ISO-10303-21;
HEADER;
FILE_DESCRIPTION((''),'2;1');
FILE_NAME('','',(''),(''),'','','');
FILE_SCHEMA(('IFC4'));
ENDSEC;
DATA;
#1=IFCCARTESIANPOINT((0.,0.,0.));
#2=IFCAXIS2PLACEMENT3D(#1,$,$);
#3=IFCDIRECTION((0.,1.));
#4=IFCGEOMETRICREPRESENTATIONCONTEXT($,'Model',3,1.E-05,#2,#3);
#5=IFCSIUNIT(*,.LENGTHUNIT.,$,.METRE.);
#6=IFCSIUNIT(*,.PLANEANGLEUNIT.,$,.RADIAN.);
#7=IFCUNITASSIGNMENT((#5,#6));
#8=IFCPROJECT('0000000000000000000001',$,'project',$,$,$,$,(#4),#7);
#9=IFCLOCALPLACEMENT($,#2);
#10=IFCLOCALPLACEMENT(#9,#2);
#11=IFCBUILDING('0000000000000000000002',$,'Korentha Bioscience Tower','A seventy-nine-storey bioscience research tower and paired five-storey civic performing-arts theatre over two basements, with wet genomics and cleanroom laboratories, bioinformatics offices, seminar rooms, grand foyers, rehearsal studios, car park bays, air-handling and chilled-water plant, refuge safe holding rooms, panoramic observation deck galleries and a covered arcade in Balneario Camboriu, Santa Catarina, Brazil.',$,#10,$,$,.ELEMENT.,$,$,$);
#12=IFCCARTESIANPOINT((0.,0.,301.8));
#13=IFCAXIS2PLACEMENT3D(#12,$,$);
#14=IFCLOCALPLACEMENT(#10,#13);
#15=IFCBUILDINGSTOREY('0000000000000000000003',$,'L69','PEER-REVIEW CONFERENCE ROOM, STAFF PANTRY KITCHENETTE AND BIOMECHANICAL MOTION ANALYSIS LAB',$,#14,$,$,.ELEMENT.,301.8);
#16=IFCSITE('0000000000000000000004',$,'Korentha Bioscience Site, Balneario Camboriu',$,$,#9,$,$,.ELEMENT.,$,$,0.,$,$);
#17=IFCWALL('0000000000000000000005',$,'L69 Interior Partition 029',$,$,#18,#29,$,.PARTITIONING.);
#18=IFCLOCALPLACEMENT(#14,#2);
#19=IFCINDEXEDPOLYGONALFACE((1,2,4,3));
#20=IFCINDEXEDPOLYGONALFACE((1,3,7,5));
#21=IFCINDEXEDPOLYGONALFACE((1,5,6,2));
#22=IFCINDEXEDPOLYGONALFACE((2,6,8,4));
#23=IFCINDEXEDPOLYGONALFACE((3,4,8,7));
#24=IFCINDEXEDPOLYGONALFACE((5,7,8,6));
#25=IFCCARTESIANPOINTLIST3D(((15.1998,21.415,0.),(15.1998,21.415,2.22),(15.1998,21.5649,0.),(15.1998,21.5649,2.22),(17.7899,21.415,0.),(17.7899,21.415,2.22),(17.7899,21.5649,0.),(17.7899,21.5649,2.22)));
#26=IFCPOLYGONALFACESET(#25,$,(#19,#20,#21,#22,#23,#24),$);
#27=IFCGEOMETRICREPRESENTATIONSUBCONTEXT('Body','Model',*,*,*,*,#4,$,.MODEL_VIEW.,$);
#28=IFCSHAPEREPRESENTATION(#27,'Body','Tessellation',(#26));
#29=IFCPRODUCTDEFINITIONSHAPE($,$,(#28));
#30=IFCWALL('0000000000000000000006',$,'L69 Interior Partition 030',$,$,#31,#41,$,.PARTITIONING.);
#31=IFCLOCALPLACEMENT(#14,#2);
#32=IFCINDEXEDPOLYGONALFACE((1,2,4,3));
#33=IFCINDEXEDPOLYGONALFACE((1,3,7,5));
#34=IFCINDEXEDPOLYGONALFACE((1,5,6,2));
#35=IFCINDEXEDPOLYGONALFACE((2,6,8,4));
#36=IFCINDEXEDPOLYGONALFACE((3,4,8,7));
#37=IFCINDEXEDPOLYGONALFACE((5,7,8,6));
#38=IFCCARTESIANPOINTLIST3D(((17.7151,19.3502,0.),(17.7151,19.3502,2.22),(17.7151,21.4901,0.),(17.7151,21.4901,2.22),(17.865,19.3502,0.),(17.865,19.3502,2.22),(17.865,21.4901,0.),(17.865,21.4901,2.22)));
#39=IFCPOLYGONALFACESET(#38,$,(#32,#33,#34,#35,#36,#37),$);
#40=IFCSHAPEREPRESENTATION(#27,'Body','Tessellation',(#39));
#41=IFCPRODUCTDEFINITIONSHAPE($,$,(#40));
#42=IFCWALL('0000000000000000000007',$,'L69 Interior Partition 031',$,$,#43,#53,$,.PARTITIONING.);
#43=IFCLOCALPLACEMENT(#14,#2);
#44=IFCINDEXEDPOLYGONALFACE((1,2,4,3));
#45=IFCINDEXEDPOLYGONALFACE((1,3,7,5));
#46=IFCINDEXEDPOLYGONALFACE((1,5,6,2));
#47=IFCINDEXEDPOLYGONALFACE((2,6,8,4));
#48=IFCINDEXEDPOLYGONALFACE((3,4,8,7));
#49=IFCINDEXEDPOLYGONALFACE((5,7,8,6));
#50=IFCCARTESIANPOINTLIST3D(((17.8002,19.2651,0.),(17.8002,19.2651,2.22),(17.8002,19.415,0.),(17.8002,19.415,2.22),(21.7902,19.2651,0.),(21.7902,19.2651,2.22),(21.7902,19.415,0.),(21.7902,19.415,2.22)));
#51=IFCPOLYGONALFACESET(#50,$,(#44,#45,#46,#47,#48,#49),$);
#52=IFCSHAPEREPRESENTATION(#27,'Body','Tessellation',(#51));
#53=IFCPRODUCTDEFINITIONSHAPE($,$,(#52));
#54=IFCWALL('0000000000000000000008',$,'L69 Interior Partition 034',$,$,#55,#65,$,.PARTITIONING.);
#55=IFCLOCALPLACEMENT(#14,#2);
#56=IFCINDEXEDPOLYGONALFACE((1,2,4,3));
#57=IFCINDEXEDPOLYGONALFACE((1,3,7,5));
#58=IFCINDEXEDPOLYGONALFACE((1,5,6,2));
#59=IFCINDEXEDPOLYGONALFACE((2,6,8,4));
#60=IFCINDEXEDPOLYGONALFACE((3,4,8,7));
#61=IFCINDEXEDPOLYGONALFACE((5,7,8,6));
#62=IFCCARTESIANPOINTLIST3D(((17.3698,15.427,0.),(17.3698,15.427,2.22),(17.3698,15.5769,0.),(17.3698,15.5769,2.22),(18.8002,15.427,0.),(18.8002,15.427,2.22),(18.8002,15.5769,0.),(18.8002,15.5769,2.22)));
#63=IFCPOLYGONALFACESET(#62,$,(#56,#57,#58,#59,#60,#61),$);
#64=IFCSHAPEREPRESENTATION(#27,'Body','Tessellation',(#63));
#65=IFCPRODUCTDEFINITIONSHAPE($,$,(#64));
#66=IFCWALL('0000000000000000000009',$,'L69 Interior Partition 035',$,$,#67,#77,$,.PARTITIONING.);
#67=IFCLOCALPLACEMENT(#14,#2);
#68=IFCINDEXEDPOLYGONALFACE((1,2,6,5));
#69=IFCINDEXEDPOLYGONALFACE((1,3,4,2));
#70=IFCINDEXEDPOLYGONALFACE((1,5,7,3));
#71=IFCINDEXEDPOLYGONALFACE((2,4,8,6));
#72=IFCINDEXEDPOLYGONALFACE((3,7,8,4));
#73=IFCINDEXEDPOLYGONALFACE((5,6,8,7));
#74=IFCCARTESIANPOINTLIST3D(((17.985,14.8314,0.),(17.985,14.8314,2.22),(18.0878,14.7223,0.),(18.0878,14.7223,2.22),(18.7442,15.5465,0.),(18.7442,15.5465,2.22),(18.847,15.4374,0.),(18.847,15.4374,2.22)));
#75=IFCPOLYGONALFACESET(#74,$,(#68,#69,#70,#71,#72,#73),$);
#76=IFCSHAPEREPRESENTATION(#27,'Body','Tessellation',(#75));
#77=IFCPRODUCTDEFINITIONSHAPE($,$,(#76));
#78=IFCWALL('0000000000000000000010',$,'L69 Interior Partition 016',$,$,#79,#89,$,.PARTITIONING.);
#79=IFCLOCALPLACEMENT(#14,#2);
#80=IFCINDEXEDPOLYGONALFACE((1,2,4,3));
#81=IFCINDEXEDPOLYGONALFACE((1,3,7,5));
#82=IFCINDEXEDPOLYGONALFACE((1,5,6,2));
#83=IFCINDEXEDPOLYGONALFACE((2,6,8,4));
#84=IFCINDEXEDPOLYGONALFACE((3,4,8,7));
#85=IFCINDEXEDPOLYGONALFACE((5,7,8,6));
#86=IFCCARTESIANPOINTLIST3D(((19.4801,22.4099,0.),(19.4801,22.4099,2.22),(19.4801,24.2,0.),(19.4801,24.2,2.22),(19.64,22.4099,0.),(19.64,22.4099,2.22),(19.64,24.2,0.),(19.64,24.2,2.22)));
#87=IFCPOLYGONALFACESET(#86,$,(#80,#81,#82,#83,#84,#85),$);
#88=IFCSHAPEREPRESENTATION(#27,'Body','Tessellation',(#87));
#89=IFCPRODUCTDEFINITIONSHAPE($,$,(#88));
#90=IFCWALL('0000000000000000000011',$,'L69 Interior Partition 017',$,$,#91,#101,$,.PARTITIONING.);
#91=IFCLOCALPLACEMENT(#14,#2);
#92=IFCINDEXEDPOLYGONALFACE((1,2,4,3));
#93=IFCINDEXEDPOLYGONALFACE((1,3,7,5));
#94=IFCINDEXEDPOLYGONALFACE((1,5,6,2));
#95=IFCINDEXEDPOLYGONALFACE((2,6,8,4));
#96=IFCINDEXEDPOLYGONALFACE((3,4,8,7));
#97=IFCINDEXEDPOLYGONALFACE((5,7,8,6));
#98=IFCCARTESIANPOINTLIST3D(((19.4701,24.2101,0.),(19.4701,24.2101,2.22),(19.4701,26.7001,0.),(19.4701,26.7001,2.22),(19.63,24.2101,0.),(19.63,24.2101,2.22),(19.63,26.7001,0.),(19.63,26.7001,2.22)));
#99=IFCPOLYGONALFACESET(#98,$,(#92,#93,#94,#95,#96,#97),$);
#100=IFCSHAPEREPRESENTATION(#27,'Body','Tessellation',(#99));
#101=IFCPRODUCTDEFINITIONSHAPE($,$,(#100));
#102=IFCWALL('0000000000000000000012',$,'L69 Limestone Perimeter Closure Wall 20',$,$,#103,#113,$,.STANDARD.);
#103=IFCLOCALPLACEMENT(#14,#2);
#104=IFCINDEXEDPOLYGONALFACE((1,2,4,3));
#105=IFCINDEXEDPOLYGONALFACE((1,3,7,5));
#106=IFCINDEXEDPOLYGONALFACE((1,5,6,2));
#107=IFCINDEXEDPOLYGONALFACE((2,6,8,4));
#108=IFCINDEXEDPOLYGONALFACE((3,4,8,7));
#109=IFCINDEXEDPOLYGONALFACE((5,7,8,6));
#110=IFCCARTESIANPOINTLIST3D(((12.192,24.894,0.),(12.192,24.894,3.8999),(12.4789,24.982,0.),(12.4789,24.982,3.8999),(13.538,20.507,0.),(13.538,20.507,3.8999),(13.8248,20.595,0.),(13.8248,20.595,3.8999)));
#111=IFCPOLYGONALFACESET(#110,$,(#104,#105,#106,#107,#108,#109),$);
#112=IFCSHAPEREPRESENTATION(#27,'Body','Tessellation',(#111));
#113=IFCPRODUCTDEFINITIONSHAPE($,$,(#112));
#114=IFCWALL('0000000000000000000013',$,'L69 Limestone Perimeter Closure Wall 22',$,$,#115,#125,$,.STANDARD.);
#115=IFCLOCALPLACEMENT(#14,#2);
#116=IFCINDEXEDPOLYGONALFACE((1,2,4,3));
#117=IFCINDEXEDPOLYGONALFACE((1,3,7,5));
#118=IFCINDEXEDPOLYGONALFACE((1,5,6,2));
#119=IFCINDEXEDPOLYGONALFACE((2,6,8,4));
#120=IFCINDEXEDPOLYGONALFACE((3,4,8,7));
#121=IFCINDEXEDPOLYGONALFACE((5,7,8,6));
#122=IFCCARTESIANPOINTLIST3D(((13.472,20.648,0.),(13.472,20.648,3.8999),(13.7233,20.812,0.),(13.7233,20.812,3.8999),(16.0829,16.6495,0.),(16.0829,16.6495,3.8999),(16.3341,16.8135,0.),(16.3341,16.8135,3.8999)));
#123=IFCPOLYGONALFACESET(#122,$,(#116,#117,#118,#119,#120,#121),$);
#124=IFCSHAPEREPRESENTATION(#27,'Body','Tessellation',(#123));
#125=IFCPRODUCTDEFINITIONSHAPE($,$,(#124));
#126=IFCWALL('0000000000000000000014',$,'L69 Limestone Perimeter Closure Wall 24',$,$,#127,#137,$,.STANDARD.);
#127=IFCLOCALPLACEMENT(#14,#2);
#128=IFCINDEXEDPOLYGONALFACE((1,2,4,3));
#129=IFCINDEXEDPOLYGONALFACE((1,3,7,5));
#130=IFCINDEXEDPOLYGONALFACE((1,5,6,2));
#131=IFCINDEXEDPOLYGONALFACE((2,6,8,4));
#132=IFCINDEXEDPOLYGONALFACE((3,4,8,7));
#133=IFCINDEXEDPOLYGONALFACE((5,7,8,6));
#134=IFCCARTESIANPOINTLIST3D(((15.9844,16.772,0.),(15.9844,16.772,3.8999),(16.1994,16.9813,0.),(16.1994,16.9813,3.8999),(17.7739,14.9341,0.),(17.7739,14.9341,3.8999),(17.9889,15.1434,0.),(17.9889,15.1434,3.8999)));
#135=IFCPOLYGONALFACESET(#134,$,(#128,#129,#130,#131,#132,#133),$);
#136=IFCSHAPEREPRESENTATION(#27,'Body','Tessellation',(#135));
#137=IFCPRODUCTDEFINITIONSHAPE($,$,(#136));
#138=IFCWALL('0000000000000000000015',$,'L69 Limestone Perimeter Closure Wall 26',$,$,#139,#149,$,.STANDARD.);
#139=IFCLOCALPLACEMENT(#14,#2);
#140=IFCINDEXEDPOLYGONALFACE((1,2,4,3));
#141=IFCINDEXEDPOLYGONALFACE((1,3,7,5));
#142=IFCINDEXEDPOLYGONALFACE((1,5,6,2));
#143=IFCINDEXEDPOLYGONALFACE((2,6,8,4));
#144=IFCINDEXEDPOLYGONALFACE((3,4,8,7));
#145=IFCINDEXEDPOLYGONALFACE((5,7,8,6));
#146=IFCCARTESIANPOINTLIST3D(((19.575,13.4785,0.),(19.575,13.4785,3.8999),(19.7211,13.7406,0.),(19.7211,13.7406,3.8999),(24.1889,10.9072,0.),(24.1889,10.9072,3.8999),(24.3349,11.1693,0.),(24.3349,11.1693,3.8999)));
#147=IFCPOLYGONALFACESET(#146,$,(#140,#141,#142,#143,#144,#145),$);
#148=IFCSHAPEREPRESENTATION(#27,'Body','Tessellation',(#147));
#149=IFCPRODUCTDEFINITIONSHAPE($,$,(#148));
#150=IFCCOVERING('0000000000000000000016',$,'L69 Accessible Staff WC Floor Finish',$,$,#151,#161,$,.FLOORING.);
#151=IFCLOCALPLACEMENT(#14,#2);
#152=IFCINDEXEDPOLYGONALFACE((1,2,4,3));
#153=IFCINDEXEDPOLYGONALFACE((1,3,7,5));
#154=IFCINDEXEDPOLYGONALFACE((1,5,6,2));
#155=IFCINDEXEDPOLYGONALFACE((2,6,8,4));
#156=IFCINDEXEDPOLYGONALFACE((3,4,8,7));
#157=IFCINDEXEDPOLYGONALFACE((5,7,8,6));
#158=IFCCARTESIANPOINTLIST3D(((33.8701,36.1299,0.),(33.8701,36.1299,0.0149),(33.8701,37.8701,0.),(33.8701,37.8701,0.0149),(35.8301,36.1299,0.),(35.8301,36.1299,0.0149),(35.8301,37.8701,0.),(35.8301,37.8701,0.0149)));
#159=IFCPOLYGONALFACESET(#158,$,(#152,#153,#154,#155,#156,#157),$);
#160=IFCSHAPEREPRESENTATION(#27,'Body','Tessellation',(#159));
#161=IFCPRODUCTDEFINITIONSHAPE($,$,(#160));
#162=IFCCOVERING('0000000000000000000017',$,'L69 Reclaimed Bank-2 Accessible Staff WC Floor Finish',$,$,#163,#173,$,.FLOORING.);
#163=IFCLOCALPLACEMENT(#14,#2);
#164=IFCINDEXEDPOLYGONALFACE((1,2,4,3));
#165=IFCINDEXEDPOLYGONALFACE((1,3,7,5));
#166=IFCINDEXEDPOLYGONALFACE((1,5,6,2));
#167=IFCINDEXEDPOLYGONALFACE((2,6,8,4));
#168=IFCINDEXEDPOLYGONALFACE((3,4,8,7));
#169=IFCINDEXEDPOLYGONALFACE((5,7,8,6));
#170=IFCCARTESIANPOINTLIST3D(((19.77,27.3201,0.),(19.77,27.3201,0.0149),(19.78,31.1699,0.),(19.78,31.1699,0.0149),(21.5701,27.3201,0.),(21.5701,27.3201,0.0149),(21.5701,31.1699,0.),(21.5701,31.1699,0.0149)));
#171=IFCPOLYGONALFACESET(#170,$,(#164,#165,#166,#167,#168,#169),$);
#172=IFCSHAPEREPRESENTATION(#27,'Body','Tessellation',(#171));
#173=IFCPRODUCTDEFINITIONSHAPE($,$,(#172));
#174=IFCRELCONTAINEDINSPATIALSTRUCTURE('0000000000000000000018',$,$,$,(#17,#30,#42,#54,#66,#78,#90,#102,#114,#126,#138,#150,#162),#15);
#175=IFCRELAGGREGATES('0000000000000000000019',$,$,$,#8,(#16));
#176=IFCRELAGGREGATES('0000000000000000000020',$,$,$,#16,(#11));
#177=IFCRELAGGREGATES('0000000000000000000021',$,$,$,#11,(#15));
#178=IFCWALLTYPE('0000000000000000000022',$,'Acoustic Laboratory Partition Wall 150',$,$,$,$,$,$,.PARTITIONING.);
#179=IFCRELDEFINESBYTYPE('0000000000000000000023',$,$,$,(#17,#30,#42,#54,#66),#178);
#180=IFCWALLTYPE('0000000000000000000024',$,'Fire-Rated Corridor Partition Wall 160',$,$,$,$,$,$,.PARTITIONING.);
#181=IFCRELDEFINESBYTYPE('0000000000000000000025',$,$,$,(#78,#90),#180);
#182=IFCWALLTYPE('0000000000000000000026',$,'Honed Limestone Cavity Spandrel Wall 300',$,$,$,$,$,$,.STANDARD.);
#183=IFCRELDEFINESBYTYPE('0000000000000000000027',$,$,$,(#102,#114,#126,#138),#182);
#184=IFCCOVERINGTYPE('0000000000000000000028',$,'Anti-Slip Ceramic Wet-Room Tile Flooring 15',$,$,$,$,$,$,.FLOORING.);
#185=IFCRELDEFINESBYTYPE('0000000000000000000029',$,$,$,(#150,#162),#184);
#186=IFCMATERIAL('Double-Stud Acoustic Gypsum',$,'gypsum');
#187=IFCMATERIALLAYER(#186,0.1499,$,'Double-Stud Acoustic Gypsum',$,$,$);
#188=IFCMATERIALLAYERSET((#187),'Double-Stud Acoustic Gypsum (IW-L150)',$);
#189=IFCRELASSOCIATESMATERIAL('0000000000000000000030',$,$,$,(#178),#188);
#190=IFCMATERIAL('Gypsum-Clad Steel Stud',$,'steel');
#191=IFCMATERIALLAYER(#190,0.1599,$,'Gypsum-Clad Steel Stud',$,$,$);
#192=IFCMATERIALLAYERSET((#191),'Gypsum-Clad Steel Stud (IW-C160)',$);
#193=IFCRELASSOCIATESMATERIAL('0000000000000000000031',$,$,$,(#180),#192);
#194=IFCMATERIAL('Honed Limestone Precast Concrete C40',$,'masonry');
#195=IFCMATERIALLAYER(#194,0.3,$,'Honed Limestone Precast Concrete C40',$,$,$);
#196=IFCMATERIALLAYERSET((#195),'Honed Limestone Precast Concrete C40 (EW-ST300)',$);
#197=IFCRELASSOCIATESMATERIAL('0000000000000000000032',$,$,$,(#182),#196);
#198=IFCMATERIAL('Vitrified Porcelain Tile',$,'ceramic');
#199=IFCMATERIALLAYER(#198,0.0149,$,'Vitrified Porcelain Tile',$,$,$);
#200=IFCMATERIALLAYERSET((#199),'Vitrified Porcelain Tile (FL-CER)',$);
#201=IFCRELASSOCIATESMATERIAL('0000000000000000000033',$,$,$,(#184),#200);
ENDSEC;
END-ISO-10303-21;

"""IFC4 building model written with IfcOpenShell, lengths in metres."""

from ifc_helpers import new_model, si_unit, direction, frame, frame_2d, origin, place, context, subcontext, project, spatial, polyline, rectangle, outline, extrude, material, layer, layer_set, type_object, element, save


model = new_model("IFC4")

# Units and contexts
model_context = context("Model", 3, precision=1e-05, world=origin(), true_north=direction((0.0, 1.0)))
body_context = subcontext(model_context, "Body", "Model", "MODEL_VIEW")
ifc_project = project(units=[si_unit("LENGTHUNIT", "METRE"), si_unit("PLANEANGLEUNIT", "RADIAN")], contexts=[model_context])

# Site, building, storey
site_placement = place(None, origin())
site = spatial("IfcSite", under=ifc_project, at=site_placement, Name="Korentha Bioscience Site, Balneario Camboriu", CompositionType="ELEMENT", RefElevation=0.0)
building_placement = place(site_placement, origin())
building = spatial("IfcBuilding", under=site, at=building_placement, Name="Korentha Bioscience Tower", Description="A seventy-nine-storey bioscience research tower and paired five-storey civic performing-arts theatre over two basements, with wet genomics and cleanroom laboratories, bioinformatics offices, seminar rooms, grand foyers, rehearsal studios, car park bays, air-handling and chilled-water plant, refuge safe holding rooms, panoramic observation deck galleries and a covered arcade in Balneario Camboriu, Santa Catarina, Brazil.", CompositionType="ELEMENT")
storey_placement = place(building_placement, frame((0.0, 0.0, 301.8)))
storey = spatial("IfcBuildingStorey", under=building, at=storey_placement, Name="L69", Description="PEER-REVIEW CONFERENCE ROOM, STAFF PANTRY KITCHENETTE AND BIOMECHANICAL MOTION ANALYSIS LAB", CompositionType="ELEMENT", Elevation=301.8)

# Walls
ifc_material_1 = material(Name="Double-Stud Acoustic Gypsum", Category="gypsum")
ifc_layer_1 = layer(ifc_material_1, 0.1499, Name="Double-Stud Acoustic Gypsum")
ifc_layer_set_1 = layer_set([ifc_layer_1], Name="Double-Stud Acoustic Gypsum (IW-L150)")
wall_type_1 = type_object("IfcWallType", Name="Acoustic Laboratory Partition Wall 150", PredefinedType="PARTITIONING", material=ifc_layer_set_1)
wall_1_placement = place(storey_placement, frame((15.2, 21.49, 0.0), z_axis=(0.0, 0.0, 1.0), x_axis=(1.0, 0.0, 0.0)))
element("IfcWall", 1, at=wall_1_placement, inside=storey, type_object=wall_type_1, Name="L69 Interior Partition 029", PredefinedType="PARTITIONING", context=body_context, shape_type="SweptSolid", body=[
    extrude(rectangle(XDim=2.5901, YDim=0.1499, at=frame_2d((1.2949, 0.0))), origin(), (0.0, 0.0, 1.0), 2.22),
])
wall_2_placement = place(storey_placement, frame((17.79, 21.49, 0.0), z_axis=(0.0, 0.0, 1.0), x_axis=(0.0, -1.0, 0.0)))
element("IfcWall", 2, at=wall_2_placement, inside=storey, type_object=wall_type_1, Name="L69 Interior Partition 030", PredefinedType="PARTITIONING", context=body_context, shape_type="SweptSolid", body=[
    extrude(rectangle(XDim=2.1399, YDim=0.1499, at=frame_2d((1.0698, 0.0))), origin(), (0.0, 0.0, 1.0), 2.22),
])
wall_3_placement = place(storey_placement, frame((17.8, 19.3401, 0.0), z_axis=(0.0, 0.0, 1.0), x_axis=(1.0, 0.0, 0.0)))
element("IfcWall", 3, at=wall_3_placement, inside=storey, type_object=wall_type_1, Name="L69 Interior Partition 031", PredefinedType="PARTITIONING", context=body_context, shape_type="SweptSolid", body=[
    extrude(rectangle(XDim=3.99, YDim=0.1499, at=frame_2d((1.9951, 0.0))), origin(), (0.0, 0.0, 1.0), 2.22),
])
wall_4_placement = place(storey_placement, frame((18.8003, 15.502, 0.0), z_axis=(0.0, 0.0, 1.0), x_axis=(-1.0, 0.0, 0.0)))
element("IfcWall", 4, at=wall_4_placement, inside=storey, type_object=wall_type_1, Name="L69 Interior Partition 034", PredefinedType="PARTITIONING", context=body_context, shape_type="SweptSolid", body=[
    extrude(rectangle(XDim=1.4304, YDim=0.1499, at=frame_2d((0.7153, 0.0))), origin(), (0.0, 0.0, 1.0), 2.22),
])
wall_5_placement = place(storey_placement, frame((18.0364, 14.7769, 0.0), z_axis=(0.0, 0.0, 1.0), x_axis=(0.727973, 0.685606, 0.0)))
element("IfcWall", 5, at=wall_5_placement, inside=storey, type_object=wall_type_1, Name="L69 Interior Partition 035", PredefinedType="PARTITIONING", context=body_context, shape_type="SweptSolid", body=[
    extrude(rectangle(XDim=1.043, YDim=0.1499, at=frame_2d((0.5215, 0.0))), origin(), (0.0, 0.0, 1.0), 2.22),
])
ifc_material_2 = material(Name="Gypsum-Clad Steel Stud", Category="steel")
ifc_layer_2 = layer(ifc_material_2, 0.1599, Name="Gypsum-Clad Steel Stud")
ifc_layer_set_2 = layer_set([ifc_layer_2], Name="Gypsum-Clad Steel Stud (IW-C160)")
wall_type_2 = type_object("IfcWallType", Name="Fire-Rated Corridor Partition Wall 160", PredefinedType="PARTITIONING", material=ifc_layer_set_2)
wall_6_placement = place(storey_placement, frame((19.5601, 22.4099, 0.0), z_axis=(0.0, 0.0, 1.0), x_axis=(0.0, 1.0, 0.0)))
element("IfcWall", 6, at=wall_6_placement, inside=storey, type_object=wall_type_2, Name="L69 Interior Partition 016", PredefinedType="PARTITIONING", context=body_context, shape_type="SweptSolid", body=[
    extrude(rectangle(XDim=1.79, YDim=0.1599, at=frame_2d((0.895, 0.0))), origin(), (0.0, 0.0, 1.0), 2.22),
])
wall_7_placement = place(storey_placement, frame((19.55, 24.21, 0.0), z_axis=(0.0, 0.0, 1.0), x_axis=(0.0, 1.0, 0.0)))
element("IfcWall", 7, at=wall_7_placement, inside=storey, type_object=wall_type_2, Name="L69 Interior Partition 017", PredefinedType="PARTITIONING", context=body_context, shape_type="SweptSolid", body=[
    extrude(rectangle(XDim=2.49, YDim=0.1599, at=frame_2d((1.2451, 0.0))), origin(), (0.0, 0.0, 1.0), 2.22),
])
ifc_material_3 = material(Name="Honed Limestone Precast Concrete C40", Category="masonry")
ifc_layer_3 = layer(ifc_material_3, 0.3, Name="Honed Limestone Precast Concrete C40")
ifc_layer_set_3 = layer_set([ifc_layer_3], Name="Honed Limestone Precast Concrete C40 (EW-ST300)")
wall_type_3 = type_object("IfcWallType", Name="Honed Limestone Cavity Spandrel Wall 300", PredefinedType="STANDARD", material=ifc_layer_set_3)
wall_8_placement = place(storey_placement, frame((12.3354, 24.938, 0.0), z_axis=(0.0, 0.0, 1.0), x_axis=(0.293312, -0.956017, 0.0)))
element("IfcWall", 8, at=wall_8_placement, inside=storey, type_object=wall_type_3, Name="L69 Limestone Perimeter Closure Wall 20", PredefinedType="STANDARD", context=body_context, shape_type="SweptSolid", body=[
    extrude(rectangle(XDim=4.5889, YDim=0.3, at=frame_2d((2.2944, 0.0))), origin(), (0.0, 0.0, 1.0), 3.8999),
])
wall_9_placement = place(storey_placement, frame((13.5977, 20.73, 0.0), z_axis=(0.0, 0.0, 1.0), x_axis=(0.546723, -0.837313, 0.0)))
element("IfcWall", 9, at=wall_9_placement, inside=storey, type_object=wall_type_3, Name="L69 Limestone Perimeter Closure Wall 22", PredefinedType="STANDARD", context=body_context, shape_type="SweptSolid", body=[
    extrude(rectangle(XDim=4.7754, YDim=0.3, at=frame_2d((2.3877, 0.0))), origin(), (0.0, 0.0, 1.0), 3.8999),
])
wall_10_placement = place(storey_placement, frame((16.0918, 16.8767, 0.0), z_axis=(0.0, 0.0, 1.0), x_axis=(0.697622, -0.716466, 0.0)))
element("IfcWall", 10, at=wall_10_placement, inside=storey, type_object=wall_type_3, Name="L69 Limestone Perimeter Closure Wall 24", PredefinedType="STANDARD", context=body_context, shape_type="SweptSolid", body=[
    extrude(rectangle(XDim=2.5652, YDim=0.3, at=frame_2d((1.2827, 0.0))), origin(), (0.0, 0.0, 1.0), 3.8999),
])
wall_11_placement = place(storey_placement, frame((19.6479, 13.6096, 0.0), z_axis=(0.0, 0.0, 1.0), x_axis=(0.873507, -0.486812, 0.0)))
element("IfcWall", 11, at=wall_11_placement, inside=storey, type_object=wall_type_3, Name="L69 Limestone Perimeter Closure Wall 26", PredefinedType="STANDARD", context=body_context, shape_type="SweptSolid", body=[
    extrude(rectangle(XDim=5.282, YDim=0.3, at=frame_2d((2.6411, 0.0))), origin(), (0.0, 0.0, 1.0), 3.8999),
])

# Coverings
ifc_material_4 = material(Name="Vitrified Porcelain Tile", Category="ceramic")
ifc_layer_4 = layer(ifc_material_4, 0.0149, Name="Vitrified Porcelain Tile")
ifc_layer_set_4 = layer_set([ifc_layer_4], Name="Vitrified Porcelain Tile (FL-CER)")
covering_type_1 = type_object("IfcCoveringType", Name="Anti-Slip Ceramic Wet-Room Tile Flooring 15", PredefinedType="FLOORING", material=ifc_layer_set_4)
covering_1_placement = place(storey_placement, origin())
element("IfcCovering", 12, at=covering_1_placement, inside=storey, type_object=covering_type_1, Name="L69 Accessible Staff WC Floor Finish", PredefinedType="FLOORING", context=body_context, shape_type="SweptSolid", body=[
    extrude(outline(polyline([(33.8701, 36.1299), (33.8701, 37.8701), (35.8301, 37.8701), (35.8301, 36.1299), (33.8701, 36.1299)])), origin(), (0.0, 0.0, 1.0), 0.0149),
])
covering_2_placement = place(storey_placement, origin())
element("IfcCovering", 13, at=covering_2_placement, inside=storey, type_object=covering_type_1, Name="L69 Reclaimed Bank-2 Accessible Staff WC Floor Finish", PredefinedType="FLOORING", context=body_context, shape_type="SweptSolid", body=[
    extrude(outline(polyline([(19.77, 27.3201), (19.78, 31.1699), (21.5701, 31.1699), (21.5701, 27.3201), (19.77, 27.3201)])), origin(), (0.0, 0.0, 1.0), 0.0149),
])

save(model, "model.ifc")
